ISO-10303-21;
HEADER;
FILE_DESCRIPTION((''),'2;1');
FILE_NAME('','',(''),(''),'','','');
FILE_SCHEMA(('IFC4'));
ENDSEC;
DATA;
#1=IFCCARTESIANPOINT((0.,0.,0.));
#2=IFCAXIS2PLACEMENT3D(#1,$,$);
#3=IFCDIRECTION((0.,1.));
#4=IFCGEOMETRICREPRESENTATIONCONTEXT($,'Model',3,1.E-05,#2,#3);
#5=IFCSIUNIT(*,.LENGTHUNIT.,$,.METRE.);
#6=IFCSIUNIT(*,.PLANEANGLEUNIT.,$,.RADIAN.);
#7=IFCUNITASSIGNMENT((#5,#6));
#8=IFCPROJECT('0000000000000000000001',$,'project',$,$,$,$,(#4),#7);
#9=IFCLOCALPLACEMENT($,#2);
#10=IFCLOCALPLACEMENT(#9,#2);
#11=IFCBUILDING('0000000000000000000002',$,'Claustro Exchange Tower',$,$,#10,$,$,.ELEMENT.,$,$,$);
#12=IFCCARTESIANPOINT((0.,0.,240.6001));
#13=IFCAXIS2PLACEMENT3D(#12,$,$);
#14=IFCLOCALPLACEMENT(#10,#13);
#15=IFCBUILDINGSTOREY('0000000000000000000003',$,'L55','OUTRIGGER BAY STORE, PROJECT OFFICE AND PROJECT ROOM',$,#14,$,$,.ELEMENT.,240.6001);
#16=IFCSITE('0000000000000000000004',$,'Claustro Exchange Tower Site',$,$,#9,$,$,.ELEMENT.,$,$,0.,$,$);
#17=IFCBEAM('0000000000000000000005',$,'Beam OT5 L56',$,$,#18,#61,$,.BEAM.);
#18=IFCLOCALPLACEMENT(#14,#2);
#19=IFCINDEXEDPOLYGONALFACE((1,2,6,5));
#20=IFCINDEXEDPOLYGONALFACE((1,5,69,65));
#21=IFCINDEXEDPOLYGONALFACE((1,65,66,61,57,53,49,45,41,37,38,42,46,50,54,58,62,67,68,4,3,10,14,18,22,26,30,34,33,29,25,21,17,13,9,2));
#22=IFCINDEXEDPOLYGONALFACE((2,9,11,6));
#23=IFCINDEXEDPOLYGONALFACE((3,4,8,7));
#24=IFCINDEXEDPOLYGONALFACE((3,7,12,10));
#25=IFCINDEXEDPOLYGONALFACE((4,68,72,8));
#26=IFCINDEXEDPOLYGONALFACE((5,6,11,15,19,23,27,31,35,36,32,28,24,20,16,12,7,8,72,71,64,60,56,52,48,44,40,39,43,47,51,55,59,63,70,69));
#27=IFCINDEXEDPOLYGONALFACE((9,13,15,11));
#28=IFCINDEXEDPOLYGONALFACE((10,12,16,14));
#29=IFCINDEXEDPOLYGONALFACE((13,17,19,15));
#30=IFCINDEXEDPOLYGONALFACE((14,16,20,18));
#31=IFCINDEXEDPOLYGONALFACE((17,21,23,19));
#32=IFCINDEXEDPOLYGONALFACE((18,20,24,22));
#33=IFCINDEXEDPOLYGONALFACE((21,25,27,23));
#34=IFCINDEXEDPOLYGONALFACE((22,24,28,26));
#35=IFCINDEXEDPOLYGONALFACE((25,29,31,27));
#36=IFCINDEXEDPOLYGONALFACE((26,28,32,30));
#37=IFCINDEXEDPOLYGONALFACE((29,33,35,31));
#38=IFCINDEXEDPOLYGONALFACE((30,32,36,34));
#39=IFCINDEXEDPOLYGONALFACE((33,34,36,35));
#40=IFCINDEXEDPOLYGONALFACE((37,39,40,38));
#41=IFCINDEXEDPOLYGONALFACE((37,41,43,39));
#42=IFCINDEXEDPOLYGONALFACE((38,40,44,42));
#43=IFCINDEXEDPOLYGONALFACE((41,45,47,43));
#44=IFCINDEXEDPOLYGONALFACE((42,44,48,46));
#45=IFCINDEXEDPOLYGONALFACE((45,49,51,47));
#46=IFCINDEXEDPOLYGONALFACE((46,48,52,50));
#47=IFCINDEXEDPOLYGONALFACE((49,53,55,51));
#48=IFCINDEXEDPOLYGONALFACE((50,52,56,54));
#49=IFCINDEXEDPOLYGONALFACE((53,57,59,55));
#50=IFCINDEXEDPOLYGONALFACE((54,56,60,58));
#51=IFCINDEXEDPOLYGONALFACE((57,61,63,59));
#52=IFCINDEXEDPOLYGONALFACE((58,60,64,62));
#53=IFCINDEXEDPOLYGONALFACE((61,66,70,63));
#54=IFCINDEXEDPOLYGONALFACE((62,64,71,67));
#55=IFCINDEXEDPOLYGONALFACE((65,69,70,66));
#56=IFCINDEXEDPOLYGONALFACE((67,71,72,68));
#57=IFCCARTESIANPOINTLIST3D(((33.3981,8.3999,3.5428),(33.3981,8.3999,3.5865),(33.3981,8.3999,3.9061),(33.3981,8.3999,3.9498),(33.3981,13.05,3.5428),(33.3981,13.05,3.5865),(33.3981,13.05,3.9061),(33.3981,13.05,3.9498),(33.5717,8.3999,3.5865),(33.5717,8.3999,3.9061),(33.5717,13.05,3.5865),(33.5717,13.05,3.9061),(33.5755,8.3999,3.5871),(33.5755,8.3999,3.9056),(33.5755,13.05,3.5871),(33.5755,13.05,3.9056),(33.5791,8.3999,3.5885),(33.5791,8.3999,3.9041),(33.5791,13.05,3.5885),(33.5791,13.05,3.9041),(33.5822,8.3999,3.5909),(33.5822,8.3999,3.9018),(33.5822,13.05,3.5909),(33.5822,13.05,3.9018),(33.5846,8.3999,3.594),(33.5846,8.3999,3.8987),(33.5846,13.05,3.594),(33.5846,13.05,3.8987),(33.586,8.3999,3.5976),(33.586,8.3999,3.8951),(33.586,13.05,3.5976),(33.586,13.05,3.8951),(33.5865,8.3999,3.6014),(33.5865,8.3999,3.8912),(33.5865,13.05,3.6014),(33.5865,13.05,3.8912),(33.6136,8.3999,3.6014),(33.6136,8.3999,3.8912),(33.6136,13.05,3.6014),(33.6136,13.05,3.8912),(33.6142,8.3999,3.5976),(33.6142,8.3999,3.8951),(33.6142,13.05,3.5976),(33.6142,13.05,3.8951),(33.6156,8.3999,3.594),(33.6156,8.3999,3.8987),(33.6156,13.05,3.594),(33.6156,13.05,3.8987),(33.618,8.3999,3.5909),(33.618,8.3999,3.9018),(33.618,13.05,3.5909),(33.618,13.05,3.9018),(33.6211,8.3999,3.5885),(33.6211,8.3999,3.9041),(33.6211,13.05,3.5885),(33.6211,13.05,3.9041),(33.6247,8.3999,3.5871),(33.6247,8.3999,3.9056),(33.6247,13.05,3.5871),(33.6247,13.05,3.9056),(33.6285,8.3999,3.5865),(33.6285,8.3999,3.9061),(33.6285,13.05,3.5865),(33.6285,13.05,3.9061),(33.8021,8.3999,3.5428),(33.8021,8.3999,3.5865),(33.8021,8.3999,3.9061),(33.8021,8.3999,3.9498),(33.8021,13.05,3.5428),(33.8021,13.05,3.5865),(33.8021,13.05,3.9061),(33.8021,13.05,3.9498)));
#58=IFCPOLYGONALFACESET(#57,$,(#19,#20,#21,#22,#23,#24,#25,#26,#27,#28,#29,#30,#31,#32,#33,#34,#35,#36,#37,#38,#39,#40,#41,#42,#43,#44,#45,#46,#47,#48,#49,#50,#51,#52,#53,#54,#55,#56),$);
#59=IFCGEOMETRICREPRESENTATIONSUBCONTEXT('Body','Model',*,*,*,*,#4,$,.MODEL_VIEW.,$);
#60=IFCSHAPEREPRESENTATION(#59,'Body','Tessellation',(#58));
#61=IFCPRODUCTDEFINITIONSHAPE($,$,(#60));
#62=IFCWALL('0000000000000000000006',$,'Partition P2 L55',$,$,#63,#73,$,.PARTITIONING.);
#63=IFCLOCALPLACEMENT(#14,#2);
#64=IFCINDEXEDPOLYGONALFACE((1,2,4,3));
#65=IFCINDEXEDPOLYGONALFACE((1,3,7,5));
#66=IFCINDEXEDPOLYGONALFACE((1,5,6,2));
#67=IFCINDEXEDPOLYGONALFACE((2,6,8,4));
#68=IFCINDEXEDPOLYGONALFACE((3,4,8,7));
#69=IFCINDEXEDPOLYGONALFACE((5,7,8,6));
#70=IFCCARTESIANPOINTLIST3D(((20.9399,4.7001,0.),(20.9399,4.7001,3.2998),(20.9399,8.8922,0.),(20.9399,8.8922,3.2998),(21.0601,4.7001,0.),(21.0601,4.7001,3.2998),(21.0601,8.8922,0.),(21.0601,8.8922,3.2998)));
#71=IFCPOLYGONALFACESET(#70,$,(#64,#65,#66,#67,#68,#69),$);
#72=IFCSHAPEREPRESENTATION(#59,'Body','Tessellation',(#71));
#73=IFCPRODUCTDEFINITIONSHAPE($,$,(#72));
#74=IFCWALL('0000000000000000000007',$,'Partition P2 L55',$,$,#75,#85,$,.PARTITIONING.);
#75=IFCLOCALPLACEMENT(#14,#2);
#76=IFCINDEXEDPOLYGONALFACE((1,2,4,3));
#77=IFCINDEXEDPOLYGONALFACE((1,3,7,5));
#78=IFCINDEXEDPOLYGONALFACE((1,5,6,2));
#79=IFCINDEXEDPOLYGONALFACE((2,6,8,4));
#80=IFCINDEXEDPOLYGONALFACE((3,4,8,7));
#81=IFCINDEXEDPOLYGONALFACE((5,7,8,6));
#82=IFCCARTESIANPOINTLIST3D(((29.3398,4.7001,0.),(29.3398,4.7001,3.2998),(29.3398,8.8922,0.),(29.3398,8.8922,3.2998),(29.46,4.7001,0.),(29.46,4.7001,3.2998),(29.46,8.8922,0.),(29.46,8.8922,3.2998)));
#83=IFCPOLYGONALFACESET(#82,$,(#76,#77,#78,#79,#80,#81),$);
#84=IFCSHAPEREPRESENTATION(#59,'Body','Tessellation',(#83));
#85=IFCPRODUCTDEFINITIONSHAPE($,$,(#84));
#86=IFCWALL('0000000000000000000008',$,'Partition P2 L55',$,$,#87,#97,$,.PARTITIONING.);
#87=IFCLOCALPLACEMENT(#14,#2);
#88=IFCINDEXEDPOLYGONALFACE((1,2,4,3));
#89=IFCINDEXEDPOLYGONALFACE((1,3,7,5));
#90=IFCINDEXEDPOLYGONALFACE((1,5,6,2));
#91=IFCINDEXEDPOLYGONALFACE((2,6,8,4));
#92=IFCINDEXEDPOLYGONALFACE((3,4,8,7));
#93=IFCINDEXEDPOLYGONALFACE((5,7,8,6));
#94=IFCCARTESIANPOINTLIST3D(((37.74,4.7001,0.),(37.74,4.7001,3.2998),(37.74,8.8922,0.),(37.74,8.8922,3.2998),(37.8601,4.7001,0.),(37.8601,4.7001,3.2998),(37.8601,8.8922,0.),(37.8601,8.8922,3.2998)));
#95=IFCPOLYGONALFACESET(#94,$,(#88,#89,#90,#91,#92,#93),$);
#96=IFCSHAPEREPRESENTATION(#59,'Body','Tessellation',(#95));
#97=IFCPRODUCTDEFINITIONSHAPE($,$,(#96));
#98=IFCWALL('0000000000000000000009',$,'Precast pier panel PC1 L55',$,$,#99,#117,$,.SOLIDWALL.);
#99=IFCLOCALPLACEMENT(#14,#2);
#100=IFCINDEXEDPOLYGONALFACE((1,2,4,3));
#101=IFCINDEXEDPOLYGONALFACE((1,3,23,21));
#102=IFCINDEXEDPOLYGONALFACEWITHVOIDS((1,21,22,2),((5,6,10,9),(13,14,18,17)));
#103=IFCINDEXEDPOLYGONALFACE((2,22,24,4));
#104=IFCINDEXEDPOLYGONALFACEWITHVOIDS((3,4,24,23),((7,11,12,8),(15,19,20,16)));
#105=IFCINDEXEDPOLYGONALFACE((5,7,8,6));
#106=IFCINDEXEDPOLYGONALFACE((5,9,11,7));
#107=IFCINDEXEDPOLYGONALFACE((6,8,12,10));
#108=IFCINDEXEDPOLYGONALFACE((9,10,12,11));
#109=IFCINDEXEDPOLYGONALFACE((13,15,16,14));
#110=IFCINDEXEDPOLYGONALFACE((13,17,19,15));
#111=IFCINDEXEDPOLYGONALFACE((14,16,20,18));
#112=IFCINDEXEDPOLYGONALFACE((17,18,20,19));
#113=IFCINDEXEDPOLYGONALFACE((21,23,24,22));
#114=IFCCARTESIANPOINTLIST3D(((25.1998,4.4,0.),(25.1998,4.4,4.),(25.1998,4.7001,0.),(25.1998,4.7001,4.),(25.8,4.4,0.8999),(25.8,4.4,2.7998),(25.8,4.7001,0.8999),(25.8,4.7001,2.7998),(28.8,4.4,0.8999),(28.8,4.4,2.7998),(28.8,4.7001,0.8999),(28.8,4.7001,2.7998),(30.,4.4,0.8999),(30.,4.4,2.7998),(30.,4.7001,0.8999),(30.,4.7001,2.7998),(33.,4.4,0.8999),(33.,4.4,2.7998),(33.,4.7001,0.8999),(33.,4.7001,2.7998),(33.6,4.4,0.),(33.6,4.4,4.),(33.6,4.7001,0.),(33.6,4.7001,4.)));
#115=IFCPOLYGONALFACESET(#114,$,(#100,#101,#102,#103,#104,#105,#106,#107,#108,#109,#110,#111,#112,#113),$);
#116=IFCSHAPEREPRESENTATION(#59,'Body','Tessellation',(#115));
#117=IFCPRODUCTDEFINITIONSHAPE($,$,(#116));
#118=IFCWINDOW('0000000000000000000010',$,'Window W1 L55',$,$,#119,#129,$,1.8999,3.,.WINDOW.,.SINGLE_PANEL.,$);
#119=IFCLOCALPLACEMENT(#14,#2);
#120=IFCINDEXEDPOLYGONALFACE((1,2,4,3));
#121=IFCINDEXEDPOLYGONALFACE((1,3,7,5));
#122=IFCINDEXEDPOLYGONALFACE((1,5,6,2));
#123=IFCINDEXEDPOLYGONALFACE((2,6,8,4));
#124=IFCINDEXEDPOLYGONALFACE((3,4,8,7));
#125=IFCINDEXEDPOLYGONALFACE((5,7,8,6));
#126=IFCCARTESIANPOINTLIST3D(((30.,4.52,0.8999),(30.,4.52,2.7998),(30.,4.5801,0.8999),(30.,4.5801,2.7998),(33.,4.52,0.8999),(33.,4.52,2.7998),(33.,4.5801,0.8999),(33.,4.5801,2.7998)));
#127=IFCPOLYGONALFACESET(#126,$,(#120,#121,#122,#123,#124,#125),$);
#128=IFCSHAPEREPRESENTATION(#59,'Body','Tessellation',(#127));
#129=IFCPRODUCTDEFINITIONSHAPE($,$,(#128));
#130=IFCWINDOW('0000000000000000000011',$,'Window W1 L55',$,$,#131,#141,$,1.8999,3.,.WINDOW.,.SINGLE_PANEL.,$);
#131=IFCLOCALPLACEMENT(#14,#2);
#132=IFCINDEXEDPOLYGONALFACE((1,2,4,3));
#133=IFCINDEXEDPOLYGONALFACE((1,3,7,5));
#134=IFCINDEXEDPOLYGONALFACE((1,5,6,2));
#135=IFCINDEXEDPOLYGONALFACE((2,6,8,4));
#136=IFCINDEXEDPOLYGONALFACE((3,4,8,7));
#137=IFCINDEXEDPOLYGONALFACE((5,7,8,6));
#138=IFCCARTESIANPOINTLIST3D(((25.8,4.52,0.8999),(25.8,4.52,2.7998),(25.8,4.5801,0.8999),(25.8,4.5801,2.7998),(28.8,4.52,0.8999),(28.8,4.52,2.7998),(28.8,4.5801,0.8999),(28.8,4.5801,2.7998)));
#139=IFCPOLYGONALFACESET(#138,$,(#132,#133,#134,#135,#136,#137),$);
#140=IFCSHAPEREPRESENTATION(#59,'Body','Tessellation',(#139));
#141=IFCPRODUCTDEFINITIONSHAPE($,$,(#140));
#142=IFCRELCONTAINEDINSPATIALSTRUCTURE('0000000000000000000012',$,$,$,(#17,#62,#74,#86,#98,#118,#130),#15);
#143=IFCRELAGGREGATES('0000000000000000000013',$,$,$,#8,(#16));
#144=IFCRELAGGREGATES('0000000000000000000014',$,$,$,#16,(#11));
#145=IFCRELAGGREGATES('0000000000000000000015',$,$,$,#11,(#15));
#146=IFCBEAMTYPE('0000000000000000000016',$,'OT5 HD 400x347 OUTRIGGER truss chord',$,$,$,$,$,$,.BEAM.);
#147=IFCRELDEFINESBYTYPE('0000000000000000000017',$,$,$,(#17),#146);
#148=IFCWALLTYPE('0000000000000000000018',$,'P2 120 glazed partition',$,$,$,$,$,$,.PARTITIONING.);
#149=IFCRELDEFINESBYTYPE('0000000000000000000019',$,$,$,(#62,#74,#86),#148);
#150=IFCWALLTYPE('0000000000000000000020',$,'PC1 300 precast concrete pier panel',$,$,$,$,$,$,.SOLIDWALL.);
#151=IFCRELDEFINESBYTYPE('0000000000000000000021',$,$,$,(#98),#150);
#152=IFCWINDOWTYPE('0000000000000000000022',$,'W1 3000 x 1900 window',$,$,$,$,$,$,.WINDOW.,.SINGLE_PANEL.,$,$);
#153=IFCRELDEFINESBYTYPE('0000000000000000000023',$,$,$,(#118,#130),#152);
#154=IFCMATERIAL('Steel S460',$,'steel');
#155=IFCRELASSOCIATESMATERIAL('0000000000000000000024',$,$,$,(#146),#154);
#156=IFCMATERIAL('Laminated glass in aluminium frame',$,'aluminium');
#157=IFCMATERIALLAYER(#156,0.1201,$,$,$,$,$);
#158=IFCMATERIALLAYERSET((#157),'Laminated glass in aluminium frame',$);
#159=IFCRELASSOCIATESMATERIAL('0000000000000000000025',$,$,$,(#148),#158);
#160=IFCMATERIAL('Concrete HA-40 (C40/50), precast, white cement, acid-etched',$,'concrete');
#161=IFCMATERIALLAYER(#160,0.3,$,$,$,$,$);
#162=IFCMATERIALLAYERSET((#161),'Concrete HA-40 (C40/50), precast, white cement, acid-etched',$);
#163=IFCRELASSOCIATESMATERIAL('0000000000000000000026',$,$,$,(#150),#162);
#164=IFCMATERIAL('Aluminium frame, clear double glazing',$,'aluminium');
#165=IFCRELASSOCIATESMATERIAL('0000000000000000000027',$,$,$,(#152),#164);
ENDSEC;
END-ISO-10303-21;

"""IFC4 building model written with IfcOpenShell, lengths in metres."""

from ifc_helpers import new_model, si_unit, direction, frame, frame_2d, origin, origin_2d, place, context, subcontext, project, spatial, rectangle, i_section, extrude, material, layer, layer_set, material_profile, profile_set, type_object, element, fill, save


model = new_model("IFC4")

# Units and contexts
model_context = context("Model", 3, precision=1e-05, world=origin(), true_north=direction((0.0, 1.0)))
body_context = subcontext(model_context, "Body", "Model", "MODEL_VIEW")
ifc_project = project(units=[si_unit("LENGTHUNIT", "METRE"), si_unit("PLANEANGLEUNIT", "RADIAN")], contexts=[model_context])

# Site, building, storey
site_placement = place(None, origin())
site = spatial("IfcSite", under=ifc_project, at=site_placement, Name="Claustro Exchange Tower Site", CompositionType="ELEMENT", RefElevation=0.0)
building_placement = place(site_placement, origin())
building = spatial("IfcBuilding", under=site, at=building_placement, Name="Claustro Exchange Tower", CompositionType="ELEMENT")
storey_placement = place(building_placement, frame((0.0, 0.0, 240.6001)))
storey = spatial("IfcBuildingStorey", under=building, at=storey_placement, Name="L55", Description="OUTRIGGER BAY STORE, PROJECT OFFICE AND PROJECT ROOM", CompositionType="ELEMENT", Elevation=240.6001)

# Beam
ifc_material_1 = material(Name="Steel S460", Category="steel")
ifc_material_profile_1 = material_profile(ifc_material_1, i_section(OverallWidth=0.4041, OverallDepth=0.407, WebThickness=0.0271, FlangeThickness=0.0437, FilletRadius=0.0149, at=origin_2d()), Name="HD 400x347")
ifc_profile_set_1 = profile_set([ifc_material_profile_1], Name="Steel S460")
beam_type_1 = type_object("IfcBeamType", Name="OT5 HD 400x347 OUTRIGGER truss chord", PredefinedType="BEAM", material=ifc_profile_set_1)
beam_1_placement = place(storey_placement, frame((33.6001, 8.3999, 3.7463), z_axis=(0.0, 1.0, 0.0), x_axis=(-1.0, 0.0, 0.0)))
element("IfcBeam", 1, at=beam_1_placement, inside=storey, type_object=beam_type_1, Name="Beam OT5 L56", PredefinedType="BEAM", context=body_context, shape_type="SweptSolid", body=[
    extrude(i_section(OverallWidth=0.4041, OverallDepth=0.407, WebThickness=0.0271, FlangeThickness=0.0437, FilletRadius=0.0149, at=origin_2d()), origin(), (0.0, 0.0, 1.0), 4.6501),
])

# Walls
ifc_material_2 = material(Name="Laminated glass in aluminium frame", Category="aluminium")
ifc_layer_1 = layer(ifc_material_2, 0.1201)
ifc_layer_set_1 = layer_set([ifc_layer_1], Name="Laminated glass in aluminium frame")
wall_type_1 = type_object("IfcWallType", Name="P2 120 glazed partition", PredefinedType="PARTITIONING", material=ifc_layer_set_1)
for number, where, z_axis, x_axis, name in (
    (2, (21.0, 4.7, 0.0), (0.0, 0.0, 1.0), (0.0, 1.0, 0.0), "Partition P2 L55"),
    (3, (29.3999, 4.7, 0.0), (0.0, 0.0, 1.0), (0.0, 1.0, 0.0), "Partition P2 L55"),
    (4, (37.8, 4.7, 0.0), (0.0, 0.0, 1.0), (0.0, 1.0, 0.0), "Partition P2 L55"),
):
    element("IfcWall", number, at=place(storey_placement, frame(where, z_axis=z_axis, x_axis=x_axis)), inside=storey, type_object=wall_type_1, Name=name, PredefinedType="PARTITIONING", context=body_context, shape_type="SweptSolid", body=[
        extrude(rectangle(XDim=4.1921, YDim=0.1201, at=frame_2d((2.0962, 0.0))), origin(), (0.0, 0.0, 1.0), 3.2998),
    ])

# Wall, openings, windows
ifc_material_3 = material(Name="Concrete HA-40 (C40/50), precast, white cement, acid-etched", Category="concrete")
ifc_layer_2 = layer(ifc_material_3, 0.3)
ifc_layer_set_2 = layer_set([ifc_layer_2], Name="Concrete HA-40 (C40/50), precast, white cement, acid-etched")
wall_type_2 = type_object("IfcWallType", Name="PC1 300 precast concrete pier panel", PredefinedType="SOLIDWALL", material=ifc_layer_set_2)
wall_1_placement = place(storey_placement, frame((33.6001, 4.55, 0.0), z_axis=(0.0, 0.0, 1.0), x_axis=(-1.0, 0.0, 0.0)))
wall_1 = element("IfcWall", 5, at=wall_1_placement, inside=storey, type_object=wall_type_2, Name="Precast pier panel PC1 L55", PredefinedType="SOLIDWALL", context=body_context, shape_type="SweptSolid", body=[
    extrude(rectangle(XDim=8.4001, YDim=0.3, at=frame_2d((4.2002, 0.0))), origin(), (0.0, 0.0, 1.0), 4.0),
])
opening_1_placement = place(wall_1_placement, frame((0.6001, 0.0, 0.8999)))
opening_1 = element("IfcOpeningElement", 6, at=opening_1_placement, cuts=wall_1, PredefinedType="OPENING", context=body_context, shape_type="SweptSolid", body=[
    extrude(rectangle(XDim=3.0, YDim=1.8999, at=frame_2d((1.5, 0.95))), frame((0.0, 0.1599, 0.0), z_axis=(0.0, -1.0, 0.0), x_axis=(1.0, 0.0, 0.0)), (0.0, 0.0, 1.0), 0.3201),
])
opening_2_placement = place(wall_1_placement, frame((4.8, 0.0, 0.8999)))
opening_2 = element("IfcOpeningElement", 7, at=opening_2_placement, cuts=wall_1, PredefinedType="OPENING", context=body_context, shape_type="SweptSolid", body=[
    extrude(rectangle(XDim=3.0, YDim=1.8999, at=frame_2d((1.5, 0.95))), frame((0.0, 0.1599, 0.0), z_axis=(0.0, -1.0, 0.0), x_axis=(1.0, 0.0, 0.0)), (0.0, 0.0, 1.0), 0.3201),
])
ifc_material_4 = material(Name="Aluminium frame, clear double glazing", Category="aluminium")
window_type = type_object("IfcWindowType", Name="W1 3000 x 1900 window", PartitioningType="SINGLE_PANEL", PredefinedType="WINDOW", material=ifc_material_4)
window_1_placement = place(opening_1_placement, origin())
window_1 = element("IfcWindow", 8, at=window_1_placement, inside=storey, type_object=window_type, Name="Window W1 L55", OverallHeight=1.8999, OverallWidth=3.0, PartitioningType="SINGLE_PANEL", PredefinedType="WINDOW", context=body_context, shape_type="SweptSolid", body=[
    extrude(rectangle(XDim=3.0, YDim=1.8999, at=frame_2d((1.5, 0.95))), frame((0.0, 0.03, 0.0), z_axis=(0.0, -1.0, 0.0), x_axis=(1.0, 0.0, 0.0)), (0.0, 0.0, 1.0), 0.0601),
])
fill(opening_1, window_1)
window_2_placement = place(opening_2_placement, origin())
window_2 = element("IfcWindow", 9, at=window_2_placement, inside=storey, type_object=window_type, Name="Window W1 L55", OverallHeight=1.8999, OverallWidth=3.0, PartitioningType="SINGLE_PANEL", PredefinedType="WINDOW", context=body_context, shape_type="SweptSolid", body=[
    extrude(rectangle(XDim=3.0, YDim=1.8999, at=frame_2d((1.5, 0.95))), frame((0.0, 0.03, 0.0), z_axis=(0.0, -1.0, 0.0), x_axis=(1.0, 0.0, 0.0)), (0.0, 0.0, 1.0), 0.0601),
])
fill(opening_2, window_2)

save(model, "model.ifc")
